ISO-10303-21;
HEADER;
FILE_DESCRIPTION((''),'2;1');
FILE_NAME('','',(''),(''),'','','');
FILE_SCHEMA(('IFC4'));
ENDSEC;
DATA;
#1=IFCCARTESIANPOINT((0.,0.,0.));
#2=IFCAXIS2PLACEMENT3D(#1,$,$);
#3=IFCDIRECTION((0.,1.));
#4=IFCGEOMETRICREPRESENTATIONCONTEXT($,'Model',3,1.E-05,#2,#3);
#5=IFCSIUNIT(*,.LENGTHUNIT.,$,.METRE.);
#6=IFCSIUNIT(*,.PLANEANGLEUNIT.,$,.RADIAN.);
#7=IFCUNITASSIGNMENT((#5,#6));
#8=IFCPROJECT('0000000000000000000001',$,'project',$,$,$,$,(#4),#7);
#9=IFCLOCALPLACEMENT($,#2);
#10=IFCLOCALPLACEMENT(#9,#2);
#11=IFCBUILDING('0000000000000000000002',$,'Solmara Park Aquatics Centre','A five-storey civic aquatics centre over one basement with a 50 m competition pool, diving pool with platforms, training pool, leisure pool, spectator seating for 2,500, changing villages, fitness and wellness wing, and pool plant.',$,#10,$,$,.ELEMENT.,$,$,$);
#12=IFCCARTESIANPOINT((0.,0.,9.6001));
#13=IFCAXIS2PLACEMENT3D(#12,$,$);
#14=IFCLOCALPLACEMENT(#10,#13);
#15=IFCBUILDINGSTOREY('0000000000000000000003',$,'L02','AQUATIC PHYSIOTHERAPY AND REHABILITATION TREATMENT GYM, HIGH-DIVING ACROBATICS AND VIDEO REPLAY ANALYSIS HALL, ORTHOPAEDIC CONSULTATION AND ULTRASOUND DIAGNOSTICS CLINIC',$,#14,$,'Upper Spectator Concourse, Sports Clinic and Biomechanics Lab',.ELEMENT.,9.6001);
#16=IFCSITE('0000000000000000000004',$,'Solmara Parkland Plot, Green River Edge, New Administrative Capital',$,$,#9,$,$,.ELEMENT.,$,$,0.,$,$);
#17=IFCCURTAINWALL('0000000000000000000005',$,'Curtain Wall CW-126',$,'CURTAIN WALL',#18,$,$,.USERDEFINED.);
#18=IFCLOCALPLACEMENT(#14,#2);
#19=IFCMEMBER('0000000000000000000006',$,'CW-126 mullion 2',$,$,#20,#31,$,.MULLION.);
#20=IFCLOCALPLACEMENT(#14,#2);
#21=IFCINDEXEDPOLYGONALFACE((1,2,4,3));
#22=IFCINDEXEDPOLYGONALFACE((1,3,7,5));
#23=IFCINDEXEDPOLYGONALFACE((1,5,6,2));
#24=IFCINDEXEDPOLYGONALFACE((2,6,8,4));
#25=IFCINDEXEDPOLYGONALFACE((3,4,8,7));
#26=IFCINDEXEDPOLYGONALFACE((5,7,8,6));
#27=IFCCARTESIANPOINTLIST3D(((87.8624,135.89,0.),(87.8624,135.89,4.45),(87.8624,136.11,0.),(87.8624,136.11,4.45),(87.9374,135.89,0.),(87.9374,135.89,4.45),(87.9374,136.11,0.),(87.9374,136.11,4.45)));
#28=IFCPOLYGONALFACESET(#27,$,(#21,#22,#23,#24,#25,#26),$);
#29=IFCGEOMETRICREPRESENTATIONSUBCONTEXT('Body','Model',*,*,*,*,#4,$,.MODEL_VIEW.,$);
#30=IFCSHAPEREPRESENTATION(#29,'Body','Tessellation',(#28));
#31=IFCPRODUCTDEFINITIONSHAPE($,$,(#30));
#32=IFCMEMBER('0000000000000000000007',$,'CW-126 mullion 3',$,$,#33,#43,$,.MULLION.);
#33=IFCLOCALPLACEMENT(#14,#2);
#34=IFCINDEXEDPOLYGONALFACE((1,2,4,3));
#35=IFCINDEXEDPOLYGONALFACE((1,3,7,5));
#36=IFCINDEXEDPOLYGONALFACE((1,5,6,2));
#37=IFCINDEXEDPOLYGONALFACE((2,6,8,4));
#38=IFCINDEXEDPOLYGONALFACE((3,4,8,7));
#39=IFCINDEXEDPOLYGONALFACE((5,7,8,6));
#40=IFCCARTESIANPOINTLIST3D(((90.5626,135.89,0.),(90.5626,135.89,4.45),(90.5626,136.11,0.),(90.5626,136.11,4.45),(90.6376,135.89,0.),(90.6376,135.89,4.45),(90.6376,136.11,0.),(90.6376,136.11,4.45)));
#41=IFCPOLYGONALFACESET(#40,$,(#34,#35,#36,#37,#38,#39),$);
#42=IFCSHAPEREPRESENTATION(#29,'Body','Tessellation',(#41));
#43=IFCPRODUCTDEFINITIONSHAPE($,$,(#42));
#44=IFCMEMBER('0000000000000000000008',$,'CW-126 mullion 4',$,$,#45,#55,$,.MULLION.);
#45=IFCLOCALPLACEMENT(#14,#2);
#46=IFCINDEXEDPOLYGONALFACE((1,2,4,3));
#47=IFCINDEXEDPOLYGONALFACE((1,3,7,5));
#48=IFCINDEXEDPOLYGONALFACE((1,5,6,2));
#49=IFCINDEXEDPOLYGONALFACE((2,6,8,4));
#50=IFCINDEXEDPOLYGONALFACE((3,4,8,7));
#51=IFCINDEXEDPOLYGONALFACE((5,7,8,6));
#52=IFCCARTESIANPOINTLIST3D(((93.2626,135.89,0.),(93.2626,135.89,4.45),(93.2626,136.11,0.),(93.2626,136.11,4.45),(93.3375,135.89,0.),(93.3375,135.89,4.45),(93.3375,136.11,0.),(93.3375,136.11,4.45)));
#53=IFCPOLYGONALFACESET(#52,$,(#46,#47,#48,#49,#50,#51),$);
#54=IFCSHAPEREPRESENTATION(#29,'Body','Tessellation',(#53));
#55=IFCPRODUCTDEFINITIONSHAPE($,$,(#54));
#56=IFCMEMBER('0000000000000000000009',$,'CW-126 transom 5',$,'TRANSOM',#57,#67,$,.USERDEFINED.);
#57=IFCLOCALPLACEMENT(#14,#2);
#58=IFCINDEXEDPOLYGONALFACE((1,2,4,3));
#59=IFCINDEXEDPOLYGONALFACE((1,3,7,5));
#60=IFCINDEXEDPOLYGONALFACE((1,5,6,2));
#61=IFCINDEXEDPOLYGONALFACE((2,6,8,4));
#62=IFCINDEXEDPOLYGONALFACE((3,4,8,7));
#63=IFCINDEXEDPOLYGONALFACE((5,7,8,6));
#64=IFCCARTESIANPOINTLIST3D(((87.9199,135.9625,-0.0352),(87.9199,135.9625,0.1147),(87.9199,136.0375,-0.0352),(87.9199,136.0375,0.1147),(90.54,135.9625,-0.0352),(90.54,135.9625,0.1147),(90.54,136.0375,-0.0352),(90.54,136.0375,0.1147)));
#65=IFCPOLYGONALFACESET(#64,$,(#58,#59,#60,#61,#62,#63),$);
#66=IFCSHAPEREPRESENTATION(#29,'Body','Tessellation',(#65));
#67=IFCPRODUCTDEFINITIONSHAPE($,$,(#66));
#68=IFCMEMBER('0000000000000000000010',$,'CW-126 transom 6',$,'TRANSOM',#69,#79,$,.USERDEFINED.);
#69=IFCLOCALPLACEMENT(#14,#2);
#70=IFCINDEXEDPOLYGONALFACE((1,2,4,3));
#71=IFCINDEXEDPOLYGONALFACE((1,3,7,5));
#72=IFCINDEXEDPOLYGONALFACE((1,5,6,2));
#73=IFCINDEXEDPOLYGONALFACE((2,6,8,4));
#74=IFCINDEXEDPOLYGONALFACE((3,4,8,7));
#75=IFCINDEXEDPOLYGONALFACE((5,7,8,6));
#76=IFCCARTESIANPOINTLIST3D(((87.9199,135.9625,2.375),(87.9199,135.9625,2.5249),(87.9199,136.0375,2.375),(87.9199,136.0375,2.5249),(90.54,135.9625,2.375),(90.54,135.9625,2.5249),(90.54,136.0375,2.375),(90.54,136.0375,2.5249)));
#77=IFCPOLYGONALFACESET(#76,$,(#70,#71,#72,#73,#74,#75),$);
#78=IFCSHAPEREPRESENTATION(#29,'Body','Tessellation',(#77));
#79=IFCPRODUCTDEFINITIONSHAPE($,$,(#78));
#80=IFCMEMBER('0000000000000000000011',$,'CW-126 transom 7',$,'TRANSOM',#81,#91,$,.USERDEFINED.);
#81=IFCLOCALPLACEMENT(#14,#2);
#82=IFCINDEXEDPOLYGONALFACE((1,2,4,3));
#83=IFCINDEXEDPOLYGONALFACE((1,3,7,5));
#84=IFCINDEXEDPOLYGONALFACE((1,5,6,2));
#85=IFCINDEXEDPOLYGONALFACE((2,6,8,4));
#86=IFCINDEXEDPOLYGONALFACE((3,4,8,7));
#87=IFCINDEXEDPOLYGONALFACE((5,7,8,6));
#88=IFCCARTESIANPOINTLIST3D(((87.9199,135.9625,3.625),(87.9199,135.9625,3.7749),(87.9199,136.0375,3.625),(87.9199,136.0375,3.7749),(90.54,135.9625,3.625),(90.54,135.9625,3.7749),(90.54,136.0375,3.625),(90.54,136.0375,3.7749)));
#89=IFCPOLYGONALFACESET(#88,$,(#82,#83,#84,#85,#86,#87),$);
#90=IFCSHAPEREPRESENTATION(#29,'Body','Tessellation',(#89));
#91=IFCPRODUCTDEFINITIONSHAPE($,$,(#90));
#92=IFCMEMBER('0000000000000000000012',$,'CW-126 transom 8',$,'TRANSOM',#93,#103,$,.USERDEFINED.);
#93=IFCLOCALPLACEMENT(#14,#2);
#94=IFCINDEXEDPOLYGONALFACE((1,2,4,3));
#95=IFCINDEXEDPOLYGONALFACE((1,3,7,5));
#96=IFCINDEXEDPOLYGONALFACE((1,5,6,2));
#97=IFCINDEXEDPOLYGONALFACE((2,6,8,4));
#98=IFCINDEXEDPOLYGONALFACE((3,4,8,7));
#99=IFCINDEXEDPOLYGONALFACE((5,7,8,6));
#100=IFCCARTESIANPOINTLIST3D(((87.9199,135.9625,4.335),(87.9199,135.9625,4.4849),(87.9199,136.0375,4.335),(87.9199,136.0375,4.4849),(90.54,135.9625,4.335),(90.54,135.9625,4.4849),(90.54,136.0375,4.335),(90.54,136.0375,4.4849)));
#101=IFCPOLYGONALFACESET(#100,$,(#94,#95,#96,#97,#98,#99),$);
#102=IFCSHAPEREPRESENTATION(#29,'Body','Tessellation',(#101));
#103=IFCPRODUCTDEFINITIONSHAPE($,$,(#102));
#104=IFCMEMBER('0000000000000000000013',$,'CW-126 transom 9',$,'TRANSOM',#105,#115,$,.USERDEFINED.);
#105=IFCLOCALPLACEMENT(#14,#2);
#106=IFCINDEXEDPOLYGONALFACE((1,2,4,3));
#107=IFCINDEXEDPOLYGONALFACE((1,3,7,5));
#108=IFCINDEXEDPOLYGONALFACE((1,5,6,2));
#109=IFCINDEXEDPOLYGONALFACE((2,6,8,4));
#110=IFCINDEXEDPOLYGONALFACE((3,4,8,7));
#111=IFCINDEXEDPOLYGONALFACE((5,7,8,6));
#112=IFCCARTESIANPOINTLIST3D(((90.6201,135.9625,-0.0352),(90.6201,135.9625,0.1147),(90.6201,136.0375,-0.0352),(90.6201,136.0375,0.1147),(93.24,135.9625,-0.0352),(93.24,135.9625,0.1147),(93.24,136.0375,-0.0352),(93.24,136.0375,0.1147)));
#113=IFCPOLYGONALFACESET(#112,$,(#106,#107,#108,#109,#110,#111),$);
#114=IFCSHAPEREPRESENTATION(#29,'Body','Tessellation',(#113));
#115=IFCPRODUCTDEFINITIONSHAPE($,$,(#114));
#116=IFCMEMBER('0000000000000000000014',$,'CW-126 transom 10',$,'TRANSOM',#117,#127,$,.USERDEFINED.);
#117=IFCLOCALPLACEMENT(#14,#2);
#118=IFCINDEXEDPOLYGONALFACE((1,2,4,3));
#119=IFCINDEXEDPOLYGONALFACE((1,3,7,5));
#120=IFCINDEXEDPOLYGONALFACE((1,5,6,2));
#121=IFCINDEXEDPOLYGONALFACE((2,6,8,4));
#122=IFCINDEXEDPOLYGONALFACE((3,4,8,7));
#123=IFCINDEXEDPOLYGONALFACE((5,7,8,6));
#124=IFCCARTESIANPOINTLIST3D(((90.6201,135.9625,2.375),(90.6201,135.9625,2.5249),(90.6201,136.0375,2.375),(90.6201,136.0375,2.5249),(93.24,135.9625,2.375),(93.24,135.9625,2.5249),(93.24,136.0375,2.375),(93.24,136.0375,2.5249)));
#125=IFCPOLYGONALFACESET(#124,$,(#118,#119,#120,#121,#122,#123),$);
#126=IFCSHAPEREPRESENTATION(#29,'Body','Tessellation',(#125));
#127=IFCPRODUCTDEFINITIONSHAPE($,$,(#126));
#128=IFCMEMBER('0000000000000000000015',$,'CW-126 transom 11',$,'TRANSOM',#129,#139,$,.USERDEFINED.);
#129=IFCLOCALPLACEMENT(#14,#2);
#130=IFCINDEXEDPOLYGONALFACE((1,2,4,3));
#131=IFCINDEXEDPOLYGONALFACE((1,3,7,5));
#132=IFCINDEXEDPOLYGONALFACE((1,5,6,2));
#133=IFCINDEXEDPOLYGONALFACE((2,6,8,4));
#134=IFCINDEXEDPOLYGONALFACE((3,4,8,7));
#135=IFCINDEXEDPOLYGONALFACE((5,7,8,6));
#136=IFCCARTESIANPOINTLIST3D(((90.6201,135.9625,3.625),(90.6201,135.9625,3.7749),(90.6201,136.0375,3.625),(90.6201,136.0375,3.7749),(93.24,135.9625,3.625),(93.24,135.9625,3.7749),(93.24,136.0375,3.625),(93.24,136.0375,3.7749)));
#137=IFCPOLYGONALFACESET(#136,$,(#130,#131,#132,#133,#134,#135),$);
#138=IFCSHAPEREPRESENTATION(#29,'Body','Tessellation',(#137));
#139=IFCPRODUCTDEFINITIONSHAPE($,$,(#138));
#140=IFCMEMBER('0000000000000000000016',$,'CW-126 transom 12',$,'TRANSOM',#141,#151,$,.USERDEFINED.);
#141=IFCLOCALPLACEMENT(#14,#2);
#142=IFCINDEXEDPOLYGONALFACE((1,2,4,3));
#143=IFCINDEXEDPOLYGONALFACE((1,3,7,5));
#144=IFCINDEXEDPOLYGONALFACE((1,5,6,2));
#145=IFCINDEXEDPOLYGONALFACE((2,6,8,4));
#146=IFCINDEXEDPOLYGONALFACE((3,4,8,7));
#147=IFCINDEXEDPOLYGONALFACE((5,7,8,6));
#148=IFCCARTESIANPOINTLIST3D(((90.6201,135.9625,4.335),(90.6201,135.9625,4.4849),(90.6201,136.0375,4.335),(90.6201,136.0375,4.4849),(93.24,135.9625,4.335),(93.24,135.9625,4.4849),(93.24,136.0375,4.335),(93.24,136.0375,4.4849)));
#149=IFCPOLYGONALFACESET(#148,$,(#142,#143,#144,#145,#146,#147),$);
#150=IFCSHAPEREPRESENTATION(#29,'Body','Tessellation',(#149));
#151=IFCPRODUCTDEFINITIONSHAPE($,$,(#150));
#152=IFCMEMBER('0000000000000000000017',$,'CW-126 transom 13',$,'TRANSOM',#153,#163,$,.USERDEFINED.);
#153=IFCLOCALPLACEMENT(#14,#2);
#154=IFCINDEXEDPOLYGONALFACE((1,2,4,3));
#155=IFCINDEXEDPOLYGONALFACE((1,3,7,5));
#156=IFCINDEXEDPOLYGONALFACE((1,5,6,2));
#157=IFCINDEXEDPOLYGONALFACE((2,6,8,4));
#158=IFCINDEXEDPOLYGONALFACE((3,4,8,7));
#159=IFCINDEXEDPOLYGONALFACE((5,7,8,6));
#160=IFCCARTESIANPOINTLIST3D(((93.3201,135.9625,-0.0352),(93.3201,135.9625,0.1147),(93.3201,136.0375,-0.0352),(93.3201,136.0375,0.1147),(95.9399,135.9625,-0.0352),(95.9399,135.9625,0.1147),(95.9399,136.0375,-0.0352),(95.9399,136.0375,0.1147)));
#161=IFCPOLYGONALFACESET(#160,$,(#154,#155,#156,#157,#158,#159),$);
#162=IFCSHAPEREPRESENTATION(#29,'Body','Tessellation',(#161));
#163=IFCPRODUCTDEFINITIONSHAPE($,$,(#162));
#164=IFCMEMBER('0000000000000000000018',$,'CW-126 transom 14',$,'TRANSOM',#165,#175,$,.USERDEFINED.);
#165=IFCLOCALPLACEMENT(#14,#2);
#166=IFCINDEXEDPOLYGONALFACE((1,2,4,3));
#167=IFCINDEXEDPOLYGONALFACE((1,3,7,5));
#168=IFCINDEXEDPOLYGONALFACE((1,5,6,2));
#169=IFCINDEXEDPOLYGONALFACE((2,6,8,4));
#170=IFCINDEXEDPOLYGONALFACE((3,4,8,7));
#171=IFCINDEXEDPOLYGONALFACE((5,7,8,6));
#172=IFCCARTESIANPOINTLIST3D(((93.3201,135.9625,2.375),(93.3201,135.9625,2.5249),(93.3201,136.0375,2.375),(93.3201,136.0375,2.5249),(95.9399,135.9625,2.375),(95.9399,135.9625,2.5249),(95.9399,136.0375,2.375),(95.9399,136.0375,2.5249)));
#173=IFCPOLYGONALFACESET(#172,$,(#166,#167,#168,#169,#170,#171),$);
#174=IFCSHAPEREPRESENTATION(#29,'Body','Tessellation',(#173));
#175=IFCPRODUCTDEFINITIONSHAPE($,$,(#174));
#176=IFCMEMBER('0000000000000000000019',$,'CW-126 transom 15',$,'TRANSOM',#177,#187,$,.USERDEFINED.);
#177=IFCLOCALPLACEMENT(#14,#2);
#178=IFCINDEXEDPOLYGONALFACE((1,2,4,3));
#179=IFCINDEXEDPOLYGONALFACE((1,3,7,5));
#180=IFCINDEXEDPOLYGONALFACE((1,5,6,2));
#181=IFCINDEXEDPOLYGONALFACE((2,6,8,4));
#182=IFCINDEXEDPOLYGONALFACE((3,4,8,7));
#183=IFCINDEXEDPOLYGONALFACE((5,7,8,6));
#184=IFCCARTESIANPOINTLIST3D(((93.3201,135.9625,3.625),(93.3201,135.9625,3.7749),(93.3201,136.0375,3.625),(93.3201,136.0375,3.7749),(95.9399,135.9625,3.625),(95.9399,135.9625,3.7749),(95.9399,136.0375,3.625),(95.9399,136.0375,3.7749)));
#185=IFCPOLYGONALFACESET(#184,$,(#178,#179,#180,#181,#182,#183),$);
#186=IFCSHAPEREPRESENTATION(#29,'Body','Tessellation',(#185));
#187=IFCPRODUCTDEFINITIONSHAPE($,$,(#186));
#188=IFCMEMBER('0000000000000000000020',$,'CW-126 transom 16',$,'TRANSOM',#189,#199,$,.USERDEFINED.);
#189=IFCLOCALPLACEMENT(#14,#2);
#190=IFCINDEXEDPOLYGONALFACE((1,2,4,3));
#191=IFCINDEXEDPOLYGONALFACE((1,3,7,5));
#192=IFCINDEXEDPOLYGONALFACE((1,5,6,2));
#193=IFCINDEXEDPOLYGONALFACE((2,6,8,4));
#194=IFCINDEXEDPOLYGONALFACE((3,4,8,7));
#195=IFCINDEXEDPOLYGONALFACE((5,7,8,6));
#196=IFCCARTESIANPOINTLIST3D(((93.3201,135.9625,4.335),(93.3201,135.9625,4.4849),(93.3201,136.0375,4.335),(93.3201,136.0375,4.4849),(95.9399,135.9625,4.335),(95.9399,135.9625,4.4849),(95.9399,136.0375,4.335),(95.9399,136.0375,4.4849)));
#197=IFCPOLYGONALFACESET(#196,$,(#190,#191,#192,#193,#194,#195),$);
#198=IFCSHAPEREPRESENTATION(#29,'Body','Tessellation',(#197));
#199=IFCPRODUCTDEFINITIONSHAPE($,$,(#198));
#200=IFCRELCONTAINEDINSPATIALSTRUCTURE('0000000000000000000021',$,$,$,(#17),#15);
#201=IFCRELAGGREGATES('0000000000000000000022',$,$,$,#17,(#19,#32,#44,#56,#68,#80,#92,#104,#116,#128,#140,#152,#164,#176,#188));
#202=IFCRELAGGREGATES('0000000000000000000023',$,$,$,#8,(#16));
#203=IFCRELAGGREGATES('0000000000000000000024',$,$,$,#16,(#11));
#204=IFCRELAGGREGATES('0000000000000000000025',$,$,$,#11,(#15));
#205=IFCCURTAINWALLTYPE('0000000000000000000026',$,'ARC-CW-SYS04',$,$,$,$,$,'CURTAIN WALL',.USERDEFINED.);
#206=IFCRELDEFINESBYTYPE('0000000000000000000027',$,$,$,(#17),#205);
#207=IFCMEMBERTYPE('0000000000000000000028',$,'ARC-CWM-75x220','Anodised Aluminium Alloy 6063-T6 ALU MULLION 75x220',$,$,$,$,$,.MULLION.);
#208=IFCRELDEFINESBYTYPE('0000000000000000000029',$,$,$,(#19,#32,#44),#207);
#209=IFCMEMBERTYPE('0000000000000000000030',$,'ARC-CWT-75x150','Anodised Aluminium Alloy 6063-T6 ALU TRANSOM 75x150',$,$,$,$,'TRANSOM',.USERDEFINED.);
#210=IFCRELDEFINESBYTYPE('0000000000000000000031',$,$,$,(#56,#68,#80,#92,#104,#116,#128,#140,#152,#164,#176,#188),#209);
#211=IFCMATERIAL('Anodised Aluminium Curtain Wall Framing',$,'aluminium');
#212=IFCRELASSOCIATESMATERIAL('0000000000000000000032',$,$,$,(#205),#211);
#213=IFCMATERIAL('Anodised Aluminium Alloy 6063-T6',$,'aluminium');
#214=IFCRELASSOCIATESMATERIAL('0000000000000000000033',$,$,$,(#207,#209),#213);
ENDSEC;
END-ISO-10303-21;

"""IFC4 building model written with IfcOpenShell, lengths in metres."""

from ifc_helpers import new_model, si_unit, direction, frame, origin, origin_2d, place, context, subcontext, project, spatial, rectangle, extrude, material, material_profile, profile_set, type_object, element, aggregate, save


model = new_model("IFC4")

# Units and contexts
model_context = context("Model", 3, precision=1e-05, world=origin(), true_north=direction((0.0, 1.0)))
body_context = subcontext(model_context, "Body", "Model", "MODEL_VIEW")
ifc_project = project(units=[si_unit("LENGTHUNIT", "METRE"), si_unit("PLANEANGLEUNIT", "RADIAN")], contexts=[model_context])

# Site, building, storey
site_placement = place(None, origin())
site = spatial("IfcSite", under=ifc_project, at=site_placement, Name="Solmara Parkland Plot, Green River Edge, New Administrative Capital", CompositionType="ELEMENT", RefElevation=0.0)
building_placement = place(site_placement, origin())
building = spatial("IfcBuilding", under=site, at=building_placement, Name="Solmara Park Aquatics Centre", Description="A five-storey civic aquatics centre over one basement with a 50 m competition pool, diving pool with platforms, training pool, leisure pool, spectator seating for 2,500, changing villages, fitness and wellness wing, and pool plant.", CompositionType="ELEMENT")
storey_placement = place(building_placement, frame((0.0, 0.0, 9.6001)))
storey = spatial("IfcBuildingStorey", under=building, at=storey_placement, Name="L02", Description="AQUATIC PHYSIOTHERAPY AND REHABILITATION TREATMENT GYM, HIGH-DIVING ACROBATICS AND VIDEO REPLAY ANALYSIS HALL, ORTHOPAEDIC CONSULTATION AND ULTRASOUND DIAGNOSTICS CLINIC", LongName="Upper Spectator Concourse, Sports Clinic and Biomechanics Lab", CompositionType="ELEMENT", Elevation=9.6001)

# Curtain wall, members
ifc_material_1 = material(Name="Anodised Aluminium Curtain Wall Framing", Category="aluminium")
curtain_wall_type = type_object("IfcCurtainWallType", Name="ARC-CW-SYS04", ElementType="CURTAIN WALL", PredefinedType="USERDEFINED", material=ifc_material_1)
curtain_wall_placement = place(storey_placement, origin())
curtain_wall = element("IfcCurtainWall", 1, at=curtain_wall_placement, inside=storey, type_object=curtain_wall_type, Name="Curtain Wall CW-126", ObjectType="CURTAIN WALL", PredefinedType="USERDEFINED")
ifc_material_2 = material(Name="Anodised Aluminium Alloy 6063-T6", Category="aluminium")
ifc_material_profile_1 = material_profile(ifc_material_2, rectangle(XDim=0.075, YDim=0.22, at=origin_2d()), Name="ALU MULLION 75x220")
ifc_profile_set_1 = profile_set([ifc_material_profile_1], Name="Anodised Aluminium Alloy 6063-T6")
member_type_1 = type_object("IfcMemberType", Name="ARC-CWM-75x220", Description="Anodised Aluminium Alloy 6063-T6 ALU MULLION 75x220", PredefinedType="MULLION", material=ifc_profile_set_1)
member_1_placement = place(storey_placement, frame((87.8999, 136.0, 0.0), z_axis=(0.0, 0.0, 1.0), x_axis=(1.0, 0.0, 0.0)))
member_1 = element("IfcMember", 2, at=member_1_placement, type_object=member_type_1, Name="CW-126 mullion 2", PredefinedType="MULLION", context=body_context, shape_type="SweptSolid", body=[
    extrude(rectangle(XDim=0.075, YDim=0.22, at=origin_2d()), origin(), (0.0, 0.0, 1.0), 4.45),
])
member_2_placement = place(storey_placement, frame((90.6001, 136.0, 0.0), z_axis=(0.0, 0.0, 1.0), x_axis=(1.0, 0.0, 0.0)))
member_2 = element("IfcMember", 3, at=member_2_placement, type_object=member_type_1, Name="CW-126 mullion 3", PredefinedType="MULLION", context=body_context, shape_type="SweptSolid", body=[
    extrude(rectangle(XDim=0.075, YDim=0.22, at=origin_2d()), origin(), (0.0, 0.0, 1.0), 4.45),
])
member_3_placement = place(storey_placement, frame((93.3, 136.0, 0.0), z_axis=(0.0, 0.0, 1.0), x_axis=(1.0, 0.0, 0.0)))
member_3 = element("IfcMember", 4, at=member_3_placement, type_object=member_type_1, Name="CW-126 mullion 4", PredefinedType="MULLION", context=body_context, shape_type="SweptSolid", body=[
    extrude(rectangle(XDim=0.075, YDim=0.22, at=origin_2d()), origin(), (0.0, 0.0, 1.0), 4.45),
])
ifc_material_profile_2 = material_profile(ifc_material_2, rectangle(XDim=0.075, YDim=0.1499, at=origin_2d()), Name="ALU TRANSOM 75x150")
ifc_profile_set_2 = profile_set([ifc_material_profile_2], Name="Anodised Aluminium Alloy 6063-T6")
member_type_2 = type_object("IfcMemberType", Name="ARC-CWT-75x150", Description="Anodised Aluminium Alloy 6063-T6 ALU TRANSOM 75x150", ElementType="TRANSOM", PredefinedType="USERDEFINED", material=ifc_profile_set_2)
member_4_placement = place(storey_placement, frame((87.9199, 136.0, 0.0398), z_axis=(1.0, 0.0, 0.0), x_axis=(0.0, 1.0, 0.0)))
member_4 = element("IfcMember", 5, at=member_4_placement, type_object=member_type_2, Name="CW-126 transom 5", ObjectType="TRANSOM", PredefinedType="USERDEFINED", context=body_context, shape_type="SweptSolid", body=[
    extrude(rectangle(XDim=0.075, YDim=0.1499, at=origin_2d()), origin(), (0.0, 0.0, 1.0), 2.6201),
])
member_5_placement = place(storey_placement, frame((87.9199, 136.0, 2.45), z_axis=(1.0, 0.0, 0.0), x_axis=(0.0, 1.0, 0.0)))
member_5 = element("IfcMember", 6, at=member_5_placement, type_object=member_type_2, Name="CW-126 transom 6", ObjectType="TRANSOM", PredefinedType="USERDEFINED", context=body_context, shape_type="SweptSolid", body=[
    extrude(rectangle(XDim=0.075, YDim=0.1499, at=origin_2d()), origin(), (0.0, 0.0, 1.0), 2.6201),
])
member_6_placement = place(storey_placement, frame((87.9199, 136.0, 3.7), z_axis=(1.0, 0.0, 0.0), x_axis=(0.0, 1.0, 0.0)))
member_6 = element("IfcMember", 7, at=member_6_placement, type_object=member_type_2, Name="CW-126 transom 7", ObjectType="TRANSOM", PredefinedType="USERDEFINED", context=body_context, shape_type="SweptSolid", body=[
    extrude(rectangle(XDim=0.075, YDim=0.1499, at=origin_2d()), origin(), (0.0, 0.0, 1.0), 2.6201),
])
member_7_placement = place(storey_placement, frame((87.9199, 136.0, 4.4099), z_axis=(1.0, 0.0, 0.0), x_axis=(0.0, 1.0, 0.0)))
member_7 = element("IfcMember", 8, at=member_7_placement, type_object=member_type_2, Name="CW-126 transom 8", ObjectType="TRANSOM", PredefinedType="USERDEFINED", context=body_context, shape_type="SweptSolid", body=[
    extrude(rectangle(XDim=0.075, YDim=0.1499, at=origin_2d()), origin(), (0.0, 0.0, 1.0), 2.6201),
])
member_8_placement = place(storey_placement, frame((90.6201, 136.0, 0.0398), z_axis=(1.0, 0.0, 0.0), x_axis=(0.0, 1.0, 0.0)))
member_8 = element("IfcMember", 9, at=member_8_placement, type_object=member_type_2, Name="CW-126 transom 9", ObjectType="TRANSOM", PredefinedType="USERDEFINED", context=body_context, shape_type="SweptSolid", body=[
    extrude(rectangle(XDim=0.075, YDim=0.1499, at=origin_2d()), origin(), (0.0, 0.0, 1.0), 2.6199),
])
member_9_placement = place(storey_placement, frame((90.6201, 136.0, 2.45), z_axis=(1.0, 0.0, 0.0), x_axis=(0.0, 1.0, 0.0)))
member_9 = element("IfcMember", 10, at=member_9_placement, type_object=member_type_2, Name="CW-126 transom 10", ObjectType="TRANSOM", PredefinedType="USERDEFINED", context=body_context, shape_type="SweptSolid", body=[
    extrude(rectangle(XDim=0.075, YDim=0.1499, at=origin_2d()), origin(), (0.0, 0.0, 1.0), 2.6199),
])
member_10_placement = place(storey_placement, frame((90.6201, 136.0, 3.7), z_axis=(1.0, 0.0, 0.0), x_axis=(0.0, 1.0, 0.0)))
member_10 = element("IfcMember", 11, at=member_10_placement, type_object=member_type_2, Name="CW-126 transom 11", ObjectType="TRANSOM", PredefinedType="USERDEFINED", context=body_context, shape_type="SweptSolid", body=[
    extrude(rectangle(XDim=0.075, YDim=0.1499, at=origin_2d()), origin(), (0.0, 0.0, 1.0), 2.6199),
])
member_11_placement = place(storey_placement, frame((90.6201, 136.0, 4.4099), z_axis=(1.0, 0.0, 0.0), x_axis=(0.0, 1.0, 0.0)))
member_11 = element("IfcMember", 12, at=member_11_placement, type_object=member_type_2, Name="CW-126 transom 12", ObjectType="TRANSOM", PredefinedType="USERDEFINED", context=body_context, shape_type="SweptSolid", body=[
    extrude(rectangle(XDim=0.075, YDim=0.1499, at=origin_2d()), origin(), (0.0, 0.0, 1.0), 2.6199),
])
member_12_placement = place(storey_placement, frame((93.3201, 136.0, 0.0398), z_axis=(1.0, 0.0, 0.0), x_axis=(0.0, 1.0, 0.0)))
member_12 = element("IfcMember", 13, at=member_12_placement, type_object=member_type_2, Name="CW-126 transom 13", ObjectType="TRANSOM", PredefinedType="USERDEFINED", context=body_context, shape_type="SweptSolid", body=[
    extrude(rectangle(XDim=0.075, YDim=0.1499, at=origin_2d()), origin(), (0.0, 0.0, 1.0), 2.6199),
])
member_13_placement = place(storey_placement, frame((93.3201, 136.0, 2.45), z_axis=(1.0, 0.0, 0.0), x_axis=(0.0, 1.0, 0.0)))
member_13 = element("IfcMember", 14, at=member_13_placement, type_object=member_type_2, Name="CW-126 transom 14", ObjectType="TRANSOM", PredefinedType="USERDEFINED", context=body_context, shape_type="SweptSolid", body=[
    extrude(rectangle(XDim=0.075, YDim=0.1499, at=origin_2d()), origin(), (0.0, 0.0, 1.0), 2.6199),
])
member_14_placement = place(storey_placement, frame((93.3201, 136.0, 3.7), z_axis=(1.0, 0.0, 0.0), x_axis=(0.0, 1.0, 0.0)))
member_14 = element("IfcMember", 15, at=member_14_placement, type_object=member_type_2, Name="CW-126 transom 15", ObjectType="TRANSOM", PredefinedType="USERDEFINED", context=body_context, shape_type="SweptSolid", body=[
    extrude(rectangle(XDim=0.075, YDim=0.1499, at=origin_2d()), origin(), (0.0, 0.0, 1.0), 2.6199),
])
member_15_placement = place(storey_placement, frame((93.3201, 136.0, 4.4099), z_axis=(1.0, 0.0, 0.0), x_axis=(0.0, 1.0, 0.0)))
member_15 = element("IfcMember", 16, at=member_15_placement, type_object=member_type_2, Name="CW-126 transom 16", ObjectType="TRANSOM", PredefinedType="USERDEFINED", context=body_context, shape_type="SweptSolid", body=[
    extrude(rectangle(XDim=0.075, YDim=0.1499, at=origin_2d()), origin(), (0.0, 0.0, 1.0), 2.6199),
])
aggregate(curtain_wall, [member_1, member_2, member_3, member_4, member_5, member_6, member_7, member_8, member_9, member_10, member_11, member_12, member_13, member_14, member_15])

save(model, "model.ifc")
